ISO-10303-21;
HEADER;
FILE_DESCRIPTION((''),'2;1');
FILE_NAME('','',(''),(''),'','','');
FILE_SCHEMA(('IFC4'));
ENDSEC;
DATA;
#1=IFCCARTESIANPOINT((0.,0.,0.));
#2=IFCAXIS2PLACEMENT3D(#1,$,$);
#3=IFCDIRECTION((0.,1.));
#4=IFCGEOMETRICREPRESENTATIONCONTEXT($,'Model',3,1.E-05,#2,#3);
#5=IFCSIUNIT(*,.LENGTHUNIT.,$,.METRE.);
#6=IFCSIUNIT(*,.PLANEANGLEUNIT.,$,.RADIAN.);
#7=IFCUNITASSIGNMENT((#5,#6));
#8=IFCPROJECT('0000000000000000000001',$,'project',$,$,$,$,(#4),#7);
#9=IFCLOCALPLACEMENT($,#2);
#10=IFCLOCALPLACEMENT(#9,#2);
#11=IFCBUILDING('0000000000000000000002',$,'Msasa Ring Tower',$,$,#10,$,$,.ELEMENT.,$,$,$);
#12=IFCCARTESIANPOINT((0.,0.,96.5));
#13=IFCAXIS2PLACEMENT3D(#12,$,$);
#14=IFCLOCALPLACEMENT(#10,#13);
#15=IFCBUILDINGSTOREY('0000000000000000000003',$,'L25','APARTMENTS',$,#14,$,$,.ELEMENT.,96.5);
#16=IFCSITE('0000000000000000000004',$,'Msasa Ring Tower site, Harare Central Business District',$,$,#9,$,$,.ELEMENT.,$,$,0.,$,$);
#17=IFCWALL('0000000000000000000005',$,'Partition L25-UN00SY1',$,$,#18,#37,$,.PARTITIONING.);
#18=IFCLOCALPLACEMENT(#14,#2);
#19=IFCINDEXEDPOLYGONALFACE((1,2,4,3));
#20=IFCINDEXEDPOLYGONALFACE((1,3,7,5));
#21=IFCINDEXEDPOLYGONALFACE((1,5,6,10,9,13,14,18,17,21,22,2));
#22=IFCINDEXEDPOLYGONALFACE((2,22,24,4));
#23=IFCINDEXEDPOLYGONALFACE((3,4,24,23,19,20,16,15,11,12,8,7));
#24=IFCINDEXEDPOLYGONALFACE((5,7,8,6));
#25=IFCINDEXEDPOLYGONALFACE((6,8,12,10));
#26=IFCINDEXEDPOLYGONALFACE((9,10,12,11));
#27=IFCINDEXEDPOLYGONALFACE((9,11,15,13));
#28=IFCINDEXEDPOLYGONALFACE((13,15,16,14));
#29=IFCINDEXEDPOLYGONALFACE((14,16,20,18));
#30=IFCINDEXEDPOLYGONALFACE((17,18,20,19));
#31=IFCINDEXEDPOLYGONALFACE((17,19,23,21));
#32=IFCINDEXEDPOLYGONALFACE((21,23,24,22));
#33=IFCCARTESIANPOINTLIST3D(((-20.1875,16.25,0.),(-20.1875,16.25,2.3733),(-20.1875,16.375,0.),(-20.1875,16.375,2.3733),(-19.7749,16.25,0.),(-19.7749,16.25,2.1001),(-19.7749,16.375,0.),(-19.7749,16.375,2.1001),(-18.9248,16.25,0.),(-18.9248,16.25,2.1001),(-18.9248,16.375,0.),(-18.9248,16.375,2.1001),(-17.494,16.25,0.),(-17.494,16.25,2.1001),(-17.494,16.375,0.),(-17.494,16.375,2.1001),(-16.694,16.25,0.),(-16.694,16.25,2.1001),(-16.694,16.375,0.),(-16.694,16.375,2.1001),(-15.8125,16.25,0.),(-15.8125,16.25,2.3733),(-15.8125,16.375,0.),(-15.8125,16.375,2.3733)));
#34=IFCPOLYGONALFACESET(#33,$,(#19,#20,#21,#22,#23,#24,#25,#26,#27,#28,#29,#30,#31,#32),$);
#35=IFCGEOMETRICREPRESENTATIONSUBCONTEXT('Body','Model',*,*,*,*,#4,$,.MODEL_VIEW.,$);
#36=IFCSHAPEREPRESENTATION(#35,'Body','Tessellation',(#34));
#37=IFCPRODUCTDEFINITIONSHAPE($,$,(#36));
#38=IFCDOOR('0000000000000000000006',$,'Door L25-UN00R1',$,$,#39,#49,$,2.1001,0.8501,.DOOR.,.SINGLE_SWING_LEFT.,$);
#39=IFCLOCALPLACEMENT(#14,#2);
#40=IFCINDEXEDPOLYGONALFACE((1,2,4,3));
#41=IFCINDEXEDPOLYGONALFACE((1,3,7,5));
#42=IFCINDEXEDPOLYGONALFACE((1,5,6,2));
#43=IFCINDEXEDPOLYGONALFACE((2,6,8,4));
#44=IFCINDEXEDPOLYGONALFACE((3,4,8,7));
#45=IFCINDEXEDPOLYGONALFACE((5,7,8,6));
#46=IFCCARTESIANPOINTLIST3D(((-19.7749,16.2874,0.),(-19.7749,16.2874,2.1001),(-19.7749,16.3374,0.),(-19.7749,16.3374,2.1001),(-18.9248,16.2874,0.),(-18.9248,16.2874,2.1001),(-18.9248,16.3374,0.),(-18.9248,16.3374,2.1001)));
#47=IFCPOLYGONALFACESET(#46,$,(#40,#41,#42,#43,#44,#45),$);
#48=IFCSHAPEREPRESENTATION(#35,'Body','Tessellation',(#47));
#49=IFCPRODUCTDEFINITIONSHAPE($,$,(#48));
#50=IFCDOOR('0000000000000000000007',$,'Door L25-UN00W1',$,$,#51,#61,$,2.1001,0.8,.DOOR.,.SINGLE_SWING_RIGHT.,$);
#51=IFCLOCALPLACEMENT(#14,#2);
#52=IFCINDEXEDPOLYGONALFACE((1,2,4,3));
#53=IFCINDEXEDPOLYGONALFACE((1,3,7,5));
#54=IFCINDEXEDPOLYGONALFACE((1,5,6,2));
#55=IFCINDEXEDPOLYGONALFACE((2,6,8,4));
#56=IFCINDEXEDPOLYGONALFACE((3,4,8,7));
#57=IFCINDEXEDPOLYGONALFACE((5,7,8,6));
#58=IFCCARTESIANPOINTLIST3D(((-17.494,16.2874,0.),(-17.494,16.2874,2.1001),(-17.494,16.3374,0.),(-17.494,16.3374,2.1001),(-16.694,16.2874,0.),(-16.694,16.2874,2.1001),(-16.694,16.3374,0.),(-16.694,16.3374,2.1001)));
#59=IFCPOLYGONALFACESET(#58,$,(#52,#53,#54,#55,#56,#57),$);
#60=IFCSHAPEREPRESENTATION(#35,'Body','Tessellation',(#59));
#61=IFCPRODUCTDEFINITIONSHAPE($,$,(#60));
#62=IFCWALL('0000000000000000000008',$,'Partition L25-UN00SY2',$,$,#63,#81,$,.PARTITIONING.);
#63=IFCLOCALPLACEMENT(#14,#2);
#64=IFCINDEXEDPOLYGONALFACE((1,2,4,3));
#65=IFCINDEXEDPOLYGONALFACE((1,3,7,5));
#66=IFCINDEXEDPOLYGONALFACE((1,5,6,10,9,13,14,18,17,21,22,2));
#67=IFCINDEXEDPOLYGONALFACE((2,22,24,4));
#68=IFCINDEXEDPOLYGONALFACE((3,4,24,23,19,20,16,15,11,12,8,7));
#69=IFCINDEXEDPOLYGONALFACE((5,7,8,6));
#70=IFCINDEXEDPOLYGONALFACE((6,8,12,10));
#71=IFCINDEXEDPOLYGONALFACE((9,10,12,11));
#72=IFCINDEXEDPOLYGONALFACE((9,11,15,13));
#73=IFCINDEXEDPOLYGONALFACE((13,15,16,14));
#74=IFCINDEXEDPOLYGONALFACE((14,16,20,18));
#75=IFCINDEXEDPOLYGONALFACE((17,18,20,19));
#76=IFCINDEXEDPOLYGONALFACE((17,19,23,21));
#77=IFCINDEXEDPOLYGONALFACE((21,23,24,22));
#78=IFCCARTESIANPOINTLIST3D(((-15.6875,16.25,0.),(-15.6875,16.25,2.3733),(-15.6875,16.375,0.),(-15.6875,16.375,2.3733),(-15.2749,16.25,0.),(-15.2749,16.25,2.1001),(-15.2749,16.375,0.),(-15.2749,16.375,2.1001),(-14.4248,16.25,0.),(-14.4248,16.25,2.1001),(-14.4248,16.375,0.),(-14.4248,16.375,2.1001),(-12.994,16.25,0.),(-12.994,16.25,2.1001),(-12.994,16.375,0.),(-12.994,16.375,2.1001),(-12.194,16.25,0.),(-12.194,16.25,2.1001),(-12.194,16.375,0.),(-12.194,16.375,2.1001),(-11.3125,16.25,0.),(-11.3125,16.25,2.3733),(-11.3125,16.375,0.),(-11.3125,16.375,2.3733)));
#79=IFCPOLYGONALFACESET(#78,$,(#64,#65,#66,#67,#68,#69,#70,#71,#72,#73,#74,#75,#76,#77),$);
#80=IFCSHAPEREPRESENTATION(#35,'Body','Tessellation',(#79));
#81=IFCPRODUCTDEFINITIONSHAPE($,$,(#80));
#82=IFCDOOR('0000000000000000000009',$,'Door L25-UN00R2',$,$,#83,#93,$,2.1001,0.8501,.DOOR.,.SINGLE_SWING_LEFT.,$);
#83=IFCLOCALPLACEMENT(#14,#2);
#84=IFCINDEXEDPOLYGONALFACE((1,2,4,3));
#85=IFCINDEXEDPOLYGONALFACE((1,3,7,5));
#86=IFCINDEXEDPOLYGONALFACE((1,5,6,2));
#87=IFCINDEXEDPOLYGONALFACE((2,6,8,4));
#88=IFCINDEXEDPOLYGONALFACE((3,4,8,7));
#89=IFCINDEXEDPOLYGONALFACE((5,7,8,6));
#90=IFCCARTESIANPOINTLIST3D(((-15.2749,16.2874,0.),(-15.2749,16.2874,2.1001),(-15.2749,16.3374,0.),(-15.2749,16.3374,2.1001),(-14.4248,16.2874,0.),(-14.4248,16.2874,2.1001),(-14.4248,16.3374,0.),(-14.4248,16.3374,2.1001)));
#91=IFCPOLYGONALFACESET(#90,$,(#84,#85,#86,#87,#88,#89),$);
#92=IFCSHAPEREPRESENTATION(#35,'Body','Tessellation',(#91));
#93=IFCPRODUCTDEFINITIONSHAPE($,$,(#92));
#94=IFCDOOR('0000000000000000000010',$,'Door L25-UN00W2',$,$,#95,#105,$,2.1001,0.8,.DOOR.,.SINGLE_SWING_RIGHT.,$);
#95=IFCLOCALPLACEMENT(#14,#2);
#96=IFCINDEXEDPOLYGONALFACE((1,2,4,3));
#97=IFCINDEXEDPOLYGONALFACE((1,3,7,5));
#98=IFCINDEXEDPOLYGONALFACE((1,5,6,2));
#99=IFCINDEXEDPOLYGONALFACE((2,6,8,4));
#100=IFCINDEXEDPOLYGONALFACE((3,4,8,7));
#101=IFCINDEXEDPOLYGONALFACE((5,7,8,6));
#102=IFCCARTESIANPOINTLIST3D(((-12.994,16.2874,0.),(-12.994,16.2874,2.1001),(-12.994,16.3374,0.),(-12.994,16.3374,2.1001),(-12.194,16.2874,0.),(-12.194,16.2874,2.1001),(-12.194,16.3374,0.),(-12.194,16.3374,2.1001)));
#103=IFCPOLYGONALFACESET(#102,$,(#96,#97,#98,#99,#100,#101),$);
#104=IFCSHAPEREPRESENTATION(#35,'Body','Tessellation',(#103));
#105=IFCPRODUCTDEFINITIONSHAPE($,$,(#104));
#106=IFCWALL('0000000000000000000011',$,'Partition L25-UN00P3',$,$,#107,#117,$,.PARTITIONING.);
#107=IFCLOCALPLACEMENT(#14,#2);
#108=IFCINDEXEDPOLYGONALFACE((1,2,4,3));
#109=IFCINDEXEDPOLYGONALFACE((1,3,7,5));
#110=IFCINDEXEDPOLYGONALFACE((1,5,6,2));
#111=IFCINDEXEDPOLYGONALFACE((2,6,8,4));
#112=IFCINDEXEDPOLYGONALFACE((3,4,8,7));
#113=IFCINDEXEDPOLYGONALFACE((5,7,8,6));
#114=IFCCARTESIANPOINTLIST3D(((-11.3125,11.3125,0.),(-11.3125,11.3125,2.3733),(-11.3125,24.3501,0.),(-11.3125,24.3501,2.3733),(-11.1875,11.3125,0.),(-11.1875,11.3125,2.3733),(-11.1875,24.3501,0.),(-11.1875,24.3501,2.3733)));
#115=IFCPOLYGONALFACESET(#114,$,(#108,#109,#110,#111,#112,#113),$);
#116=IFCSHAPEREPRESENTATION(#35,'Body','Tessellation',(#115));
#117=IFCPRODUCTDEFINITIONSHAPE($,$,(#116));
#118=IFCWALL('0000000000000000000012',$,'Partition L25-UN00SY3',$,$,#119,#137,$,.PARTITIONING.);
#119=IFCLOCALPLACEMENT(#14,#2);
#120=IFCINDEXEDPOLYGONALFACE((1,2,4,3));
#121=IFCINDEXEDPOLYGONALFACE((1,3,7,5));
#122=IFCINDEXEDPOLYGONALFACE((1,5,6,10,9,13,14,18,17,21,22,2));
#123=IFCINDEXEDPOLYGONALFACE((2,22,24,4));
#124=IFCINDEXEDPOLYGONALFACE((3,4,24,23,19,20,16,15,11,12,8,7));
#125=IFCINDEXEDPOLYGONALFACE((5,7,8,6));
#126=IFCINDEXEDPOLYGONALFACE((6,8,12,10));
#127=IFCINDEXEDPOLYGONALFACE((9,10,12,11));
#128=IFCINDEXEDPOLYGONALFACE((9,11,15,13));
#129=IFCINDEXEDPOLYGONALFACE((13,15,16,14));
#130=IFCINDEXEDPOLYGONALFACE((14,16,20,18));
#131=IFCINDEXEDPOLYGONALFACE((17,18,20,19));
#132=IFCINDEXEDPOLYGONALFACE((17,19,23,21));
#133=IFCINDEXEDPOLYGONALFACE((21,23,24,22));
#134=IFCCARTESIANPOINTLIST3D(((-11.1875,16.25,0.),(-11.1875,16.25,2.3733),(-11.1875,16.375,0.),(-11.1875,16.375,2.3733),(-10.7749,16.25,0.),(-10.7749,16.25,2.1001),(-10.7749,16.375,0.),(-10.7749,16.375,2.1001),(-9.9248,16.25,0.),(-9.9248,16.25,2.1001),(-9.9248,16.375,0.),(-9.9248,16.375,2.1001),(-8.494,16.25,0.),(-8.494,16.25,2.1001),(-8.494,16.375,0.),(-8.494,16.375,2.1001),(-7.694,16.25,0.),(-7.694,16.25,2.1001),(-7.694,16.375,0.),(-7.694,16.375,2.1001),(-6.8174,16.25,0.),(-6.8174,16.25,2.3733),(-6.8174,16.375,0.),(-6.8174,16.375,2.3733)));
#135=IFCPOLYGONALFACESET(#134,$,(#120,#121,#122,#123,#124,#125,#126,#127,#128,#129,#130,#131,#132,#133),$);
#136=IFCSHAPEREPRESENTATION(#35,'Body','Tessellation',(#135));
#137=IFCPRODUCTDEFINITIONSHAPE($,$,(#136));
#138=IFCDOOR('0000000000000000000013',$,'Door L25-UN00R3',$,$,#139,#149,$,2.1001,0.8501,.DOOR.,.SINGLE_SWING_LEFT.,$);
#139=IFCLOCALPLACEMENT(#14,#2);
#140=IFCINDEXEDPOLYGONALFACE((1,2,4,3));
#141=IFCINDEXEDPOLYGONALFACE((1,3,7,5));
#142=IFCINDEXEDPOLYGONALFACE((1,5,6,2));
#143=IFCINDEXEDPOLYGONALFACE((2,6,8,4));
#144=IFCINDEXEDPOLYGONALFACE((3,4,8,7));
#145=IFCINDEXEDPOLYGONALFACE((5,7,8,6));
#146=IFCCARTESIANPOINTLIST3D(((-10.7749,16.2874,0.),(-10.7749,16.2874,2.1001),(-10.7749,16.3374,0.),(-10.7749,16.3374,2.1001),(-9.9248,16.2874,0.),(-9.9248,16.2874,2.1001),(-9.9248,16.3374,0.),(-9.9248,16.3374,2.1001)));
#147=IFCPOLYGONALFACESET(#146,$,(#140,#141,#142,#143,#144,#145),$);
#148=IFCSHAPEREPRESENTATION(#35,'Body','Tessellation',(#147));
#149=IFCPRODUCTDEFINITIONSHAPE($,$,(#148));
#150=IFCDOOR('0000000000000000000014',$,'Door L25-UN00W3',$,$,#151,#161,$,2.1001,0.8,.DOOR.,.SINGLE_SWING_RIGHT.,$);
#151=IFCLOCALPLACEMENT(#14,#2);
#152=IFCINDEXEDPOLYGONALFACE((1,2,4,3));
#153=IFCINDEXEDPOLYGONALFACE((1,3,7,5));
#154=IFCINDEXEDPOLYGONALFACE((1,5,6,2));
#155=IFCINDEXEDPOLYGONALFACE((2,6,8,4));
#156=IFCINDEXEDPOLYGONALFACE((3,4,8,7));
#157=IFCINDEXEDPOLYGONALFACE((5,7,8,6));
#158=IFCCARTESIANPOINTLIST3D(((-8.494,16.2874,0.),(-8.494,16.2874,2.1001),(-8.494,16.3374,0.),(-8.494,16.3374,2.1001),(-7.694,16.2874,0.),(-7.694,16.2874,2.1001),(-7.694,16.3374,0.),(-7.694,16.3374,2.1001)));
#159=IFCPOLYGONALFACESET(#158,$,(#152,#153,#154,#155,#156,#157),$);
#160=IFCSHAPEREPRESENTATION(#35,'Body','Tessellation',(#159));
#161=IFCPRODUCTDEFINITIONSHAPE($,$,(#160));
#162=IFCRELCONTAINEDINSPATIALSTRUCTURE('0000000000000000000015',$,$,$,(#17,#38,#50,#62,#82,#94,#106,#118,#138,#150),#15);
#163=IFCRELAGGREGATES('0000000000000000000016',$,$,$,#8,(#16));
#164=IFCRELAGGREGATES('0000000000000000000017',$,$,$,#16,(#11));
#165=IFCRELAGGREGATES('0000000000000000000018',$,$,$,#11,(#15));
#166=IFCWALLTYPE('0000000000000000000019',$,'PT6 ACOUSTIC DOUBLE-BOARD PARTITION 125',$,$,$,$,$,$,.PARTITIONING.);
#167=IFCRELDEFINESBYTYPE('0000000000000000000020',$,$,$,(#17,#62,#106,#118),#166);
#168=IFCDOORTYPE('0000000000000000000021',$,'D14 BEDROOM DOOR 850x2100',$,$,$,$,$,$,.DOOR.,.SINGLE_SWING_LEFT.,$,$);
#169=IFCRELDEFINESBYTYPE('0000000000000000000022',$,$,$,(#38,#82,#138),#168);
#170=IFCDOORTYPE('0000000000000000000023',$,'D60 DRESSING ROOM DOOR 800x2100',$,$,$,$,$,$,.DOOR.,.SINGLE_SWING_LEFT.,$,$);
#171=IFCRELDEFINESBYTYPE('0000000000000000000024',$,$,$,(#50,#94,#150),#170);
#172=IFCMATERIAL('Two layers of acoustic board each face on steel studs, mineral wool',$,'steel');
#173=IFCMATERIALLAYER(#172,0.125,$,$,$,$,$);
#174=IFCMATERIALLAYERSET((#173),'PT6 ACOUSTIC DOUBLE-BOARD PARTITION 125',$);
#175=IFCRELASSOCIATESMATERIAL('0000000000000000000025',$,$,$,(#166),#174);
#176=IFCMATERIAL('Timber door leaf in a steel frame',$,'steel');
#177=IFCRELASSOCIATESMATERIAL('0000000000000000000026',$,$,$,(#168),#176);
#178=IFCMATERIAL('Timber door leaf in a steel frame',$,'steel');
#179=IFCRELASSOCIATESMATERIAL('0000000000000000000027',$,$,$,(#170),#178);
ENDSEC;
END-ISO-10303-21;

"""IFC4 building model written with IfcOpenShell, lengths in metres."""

from ifc_helpers import new_model, si_unit, direction, frame, frame_2d, origin, place, context, subcontext, project, spatial, rectangle, extrude, material, layer, layer_set, type_object, element, fill, save


model = new_model("IFC4")

# Units and contexts
model_context = context("Model", 3, precision=1e-05, world=origin(), true_north=direction((0.0, 1.0)))
body_context = subcontext(model_context, "Body", "Model", "MODEL_VIEW")
ifc_project = project(units=[si_unit("LENGTHUNIT", "METRE"), si_unit("PLANEANGLEUNIT", "RADIAN")], contexts=[model_context])

# Site, building, storey
site_placement = place(None, origin())
site = spatial("IfcSite", under=ifc_project, at=site_placement, Name="Msasa Ring Tower site, Harare Central Business District", CompositionType="ELEMENT", RefElevation=0.0)
building_placement = place(site_placement, origin())
building = spatial("IfcBuilding", under=site, at=building_placement, Name="Msasa Ring Tower", CompositionType="ELEMENT")
storey_placement = place(building_placement, frame((0.0, 0.0, 96.5)))
storey = spatial("IfcBuildingStorey", under=building, at=storey_placement, Name="L25", Description="APARTMENTS", CompositionType="ELEMENT", Elevation=96.5)

# Walls, openings, doors
ifc_material_1 = material(Name="Two layers of acoustic board each face on steel studs, mineral wool", Category="steel")
ifc_layer_1 = layer(ifc_material_1, 0.125)
ifc_layer_set_1 = layer_set([ifc_layer_1], Name="PT6 ACOUSTIC DOUBLE-BOARD PARTITION 125")
wall_type_1 = type_object("IfcWallType", Name="PT6 ACOUSTIC DOUBLE-BOARD PARTITION 125", PredefinedType="PARTITIONING", material=ifc_layer_set_1)
wall_1_placement = place(storey_placement, frame((-20.1875, 16.3125, 0.0), z_axis=(0.0, 0.0, 1.0), x_axis=(1.0, 0.0, 0.0)))
wall_1 = element("IfcWall", 1, at=wall_1_placement, inside=storey, type_object=wall_type_1, Name="Partition L25-UN00SY1", PredefinedType="PARTITIONING", context=body_context, shape_type="SweptSolid", body=[
    extrude(rectangle(XDim=4.375, YDim=0.125, at=frame_2d((2.1875, 0.0))), origin(), (0.0, 0.0, 1.0), 2.3733),
])
opening_1_placement = place(wall_1_placement, frame((0.4126, 0.0, 0.0)))
opening_1 = element("IfcOpeningElement", 2, at=opening_1_placement, cuts=wall_1, PredefinedType="OPENING", context=body_context, shape_type="SweptSolid", body=[
    extrude(rectangle(XDim=0.8501, YDim=2.1001, at=frame_2d((0.425, 1.05))), frame((0.0, 0.0725, 0.0), z_axis=(0.0, -1.0, 0.0), x_axis=(1.0, 0.0, 0.0)), (0.0, 0.0, 1.0), 0.145),
])
opening_2_placement = place(wall_1_placement, frame((2.6936, 0.0, 0.0)))
opening_2 = element("IfcOpeningElement", 3, at=opening_2_placement, cuts=wall_1, PredefinedType="OPENING", context=body_context, shape_type="SweptSolid", body=[
    extrude(rectangle(XDim=0.8, YDim=2.1001, at=frame_2d((0.3999, 1.05))), frame((0.0, 0.0725, 0.0), z_axis=(0.0, -1.0, 0.0), x_axis=(1.0, 0.0, 0.0)), (0.0, 0.0, 1.0), 0.145),
])
ifc_material_2 = material(Name="Timber door leaf in a steel frame", Category="steel")
door_type_1 = type_object("IfcDoorType", Name="D14 BEDROOM DOOR 850x2100", OperationType="SINGLE_SWING_LEFT", PredefinedType="DOOR", material=ifc_material_2)
door_1_placement = place(opening_1_placement, origin())
door_1 = element("IfcDoor", 4, at=door_1_placement, inside=storey, type_object=door_type_1, Name="Door L25-UN00R1", OperationType="SINGLE_SWING_LEFT", OverallHeight=2.1001, OverallWidth=0.8501, PredefinedType="DOOR", context=body_context, shape_type="SweptSolid", body=[
    extrude(rectangle(XDim=0.8501, YDim=2.1001, at=frame_2d((0.425, 1.05))), frame((0.0, 0.0249, 0.0), z_axis=(0.0, -1.0, 0.0), x_axis=(1.0, 0.0, 0.0)), (0.0, 0.0, 1.0), 0.05),
])
fill(opening_1, door_1)
ifc_material_3 = material(Name="Timber door leaf in a steel frame", Category="steel")
door_type_2 = type_object("IfcDoorType", Name="D60 DRESSING ROOM DOOR 800x2100", OperationType="SINGLE_SWING_LEFT", PredefinedType="DOOR", material=ifc_material_3)
door_2_placement = place(opening_2_placement, origin())
door_2 = element("IfcDoor", 5, at=door_2_placement, inside=storey, type_object=door_type_2, Name="Door L25-UN00W1", OperationType="SINGLE_SWING_RIGHT", OverallHeight=2.1001, OverallWidth=0.8, PredefinedType="DOOR", context=body_context, shape_type="SweptSolid", body=[
    extrude(rectangle(XDim=0.8, YDim=2.1001, at=frame_2d((0.3999, 1.05))), frame((0.0, 0.0249, 0.0), z_axis=(0.0, -1.0, 0.0), x_axis=(1.0, 0.0, 0.0)), (0.0, 0.0, 1.0), 0.05),
])
fill(opening_2, door_2)
wall_2_placement = place(storey_placement, frame((-15.6875, 16.3125, 0.0), z_axis=(0.0, 0.0, 1.0), x_axis=(1.0, 0.0, 0.0)))
wall_2 = element("IfcWall", 6, at=wall_2_placement, inside=storey, type_object=wall_type_1, Name="Partition L25-UN00SY2", PredefinedType="PARTITIONING", context=body_context, shape_type="SweptSolid", body=[
    extrude(rectangle(XDim=4.375, YDim=0.125, at=frame_2d((2.1875, 0.0))), origin(), (0.0, 0.0, 1.0), 2.3733),
])
opening_3_placement = place(wall_2_placement, frame((0.4126, 0.0, 0.0)))
opening_3 = element("IfcOpeningElement", 7, at=opening_3_placement, cuts=wall_2, PredefinedType="OPENING", context=body_context, shape_type="SweptSolid", body=[
    extrude(rectangle(XDim=0.8501, YDim=2.1001, at=frame_2d((0.425, 1.05))), frame((0.0, 0.0725, 0.0), z_axis=(0.0, -1.0, 0.0), x_axis=(1.0, 0.0, 0.0)), (0.0, 0.0, 1.0), 0.145),
])
opening_4_placement = place(wall_2_placement, frame((2.6936, 0.0, 0.0)))
opening_4 = element("IfcOpeningElement", 8, at=opening_4_placement, cuts=wall_2, PredefinedType="OPENING", context=body_context, shape_type="SweptSolid", body=[
    extrude(rectangle(XDim=0.8, YDim=2.1001, at=frame_2d((0.3999, 1.05))), frame((0.0, 0.0725, 0.0), z_axis=(0.0, -1.0, 0.0), x_axis=(1.0, 0.0, 0.0)), (0.0, 0.0, 1.0), 0.145),
])
door_3_placement = place(opening_3_placement, origin())
door_3 = element("IfcDoor", 9, at=door_3_placement, inside=storey, type_object=door_type_1, Name="Door L25-UN00R2", OperationType="SINGLE_SWING_LEFT", OverallHeight=2.1001, OverallWidth=0.8501, PredefinedType="DOOR", context=body_context, shape_type="SweptSolid", body=[
    extrude(rectangle(XDim=0.8501, YDim=2.1001, at=frame_2d((0.425, 1.05))), frame((0.0, 0.0249, 0.0), z_axis=(0.0, -1.0, 0.0), x_axis=(1.0, 0.0, 0.0)), (0.0, 0.0, 1.0), 0.05),
])
fill(opening_3, door_3)
door_4_placement = place(opening_4_placement, origin())
door_4 = element("IfcDoor", 10, at=door_4_placement, inside=storey, type_object=door_type_2, Name="Door L25-UN00W2", OperationType="SINGLE_SWING_RIGHT", OverallHeight=2.1001, OverallWidth=0.8, PredefinedType="DOOR", context=body_context, shape_type="SweptSolid", body=[
    extrude(rectangle(XDim=0.8, YDim=2.1001, at=frame_2d((0.3999, 1.05))), frame((0.0, 0.0249, 0.0), z_axis=(0.0, -1.0, 0.0), x_axis=(1.0, 0.0, 0.0)), (0.0, 0.0, 1.0), 0.05),
])
fill(opening_4, door_4)

# Wall
wall_3_placement = place(storey_placement, frame((-11.25, 11.3125, 0.0), z_axis=(0.0, 0.0, 1.0), x_axis=(0.0, 1.0, 0.0)))
element("IfcWall", 11, at=wall_3_placement, inside=storey, type_object=wall_type_1, Name="Partition L25-UN00P3", PredefinedType="PARTITIONING", context=body_context, shape_type="SweptSolid", body=[
    extrude(rectangle(XDim=13.0376, YDim=0.125, at=frame_2d((6.5188, 0.0))), origin(), (0.0, 0.0, 1.0), 2.3733),
])

# Wall, openings, doors
wall_4_placement = place(storey_placement, frame((-11.1875, 16.3125, 0.0), z_axis=(0.0, 0.0, 1.0), x_axis=(1.0, 0.0, 0.0)))
wall_4 = element("IfcWall", 12, at=wall_4_placement, inside=storey, type_object=wall_type_1, Name="Partition L25-UN00SY3", PredefinedType="PARTITIONING", context=body_context, shape_type="SweptSolid", body=[
    extrude(rectangle(XDim=4.3701, YDim=0.125, at=frame_2d((2.1851, 0.0))), origin(), (0.0, 0.0, 1.0), 2.3733),
])
opening_5_placement = place(wall_4_placement, frame((0.4126, 0.0, 0.0)))
opening_5 = element("IfcOpeningElement", 13, at=opening_5_placement, cuts=wall_4, PredefinedType="OPENING", context=body_context, shape_type="SweptSolid", body=[
    extrude(rectangle(XDim=0.8501, YDim=2.1001, at=frame_2d((0.425, 1.05))), frame((0.0, 0.0725, 0.0), z_axis=(0.0, -1.0, 0.0), x_axis=(1.0, 0.0, 0.0)), (0.0, 0.0, 1.0), 0.145),
])
opening_6_placement = place(wall_4_placement, frame((2.6936, 0.0, 0.0)))
opening_6 = element("IfcOpeningElement", 14, at=opening_6_placement, cuts=wall_4, PredefinedType="OPENING", context=body_context, shape_type="SweptSolid", body=[
    extrude(rectangle(XDim=0.8, YDim=2.1001, at=frame_2d((0.3999, 1.05))), frame((0.0, 0.0725, 0.0), z_axis=(0.0, -1.0, 0.0), x_axis=(1.0, 0.0, 0.0)), (0.0, 0.0, 1.0), 0.145),
])
door_5_placement = place(opening_5_placement, origin())
door_5 = element("IfcDoor", 15, at=door_5_placement, inside=storey, type_object=door_type_1, Name="Door L25-UN00R3", OperationType="SINGLE_SWING_LEFT", OverallHeight=2.1001, OverallWidth=0.8501, PredefinedType="DOOR", context=body_context, shape_type="SweptSolid", body=[
    extrude(rectangle(XDim=0.8501, YDim=2.1001, at=frame_2d((0.425, 1.05))), frame((0.0, 0.0249, 0.0), z_axis=(0.0, -1.0, 0.0), x_axis=(1.0, 0.0, 0.0)), (0.0, 0.0, 1.0), 0.05),
])
fill(opening_5, door_5)
door_6_placement = place(opening_6_placement, origin())
door_6 = element("IfcDoor", 16, at=door_6_placement, inside=storey, type_object=door_type_2, Name="Door L25-UN00W3", OperationType="SINGLE_SWING_RIGHT", OverallHeight=2.1001, OverallWidth=0.8, PredefinedType="DOOR", context=body_context, shape_type="SweptSolid", body=[
    extrude(rectangle(XDim=0.8, YDim=2.1001, at=frame_2d((0.3999, 1.05))), frame((0.0, 0.0249, 0.0), z_axis=(0.0, -1.0, 0.0), x_axis=(1.0, 0.0, 0.0)), (0.0, 0.0, 1.0), 0.05),
])
fill(opening_6, door_6)

save(model, "model.ifc")
